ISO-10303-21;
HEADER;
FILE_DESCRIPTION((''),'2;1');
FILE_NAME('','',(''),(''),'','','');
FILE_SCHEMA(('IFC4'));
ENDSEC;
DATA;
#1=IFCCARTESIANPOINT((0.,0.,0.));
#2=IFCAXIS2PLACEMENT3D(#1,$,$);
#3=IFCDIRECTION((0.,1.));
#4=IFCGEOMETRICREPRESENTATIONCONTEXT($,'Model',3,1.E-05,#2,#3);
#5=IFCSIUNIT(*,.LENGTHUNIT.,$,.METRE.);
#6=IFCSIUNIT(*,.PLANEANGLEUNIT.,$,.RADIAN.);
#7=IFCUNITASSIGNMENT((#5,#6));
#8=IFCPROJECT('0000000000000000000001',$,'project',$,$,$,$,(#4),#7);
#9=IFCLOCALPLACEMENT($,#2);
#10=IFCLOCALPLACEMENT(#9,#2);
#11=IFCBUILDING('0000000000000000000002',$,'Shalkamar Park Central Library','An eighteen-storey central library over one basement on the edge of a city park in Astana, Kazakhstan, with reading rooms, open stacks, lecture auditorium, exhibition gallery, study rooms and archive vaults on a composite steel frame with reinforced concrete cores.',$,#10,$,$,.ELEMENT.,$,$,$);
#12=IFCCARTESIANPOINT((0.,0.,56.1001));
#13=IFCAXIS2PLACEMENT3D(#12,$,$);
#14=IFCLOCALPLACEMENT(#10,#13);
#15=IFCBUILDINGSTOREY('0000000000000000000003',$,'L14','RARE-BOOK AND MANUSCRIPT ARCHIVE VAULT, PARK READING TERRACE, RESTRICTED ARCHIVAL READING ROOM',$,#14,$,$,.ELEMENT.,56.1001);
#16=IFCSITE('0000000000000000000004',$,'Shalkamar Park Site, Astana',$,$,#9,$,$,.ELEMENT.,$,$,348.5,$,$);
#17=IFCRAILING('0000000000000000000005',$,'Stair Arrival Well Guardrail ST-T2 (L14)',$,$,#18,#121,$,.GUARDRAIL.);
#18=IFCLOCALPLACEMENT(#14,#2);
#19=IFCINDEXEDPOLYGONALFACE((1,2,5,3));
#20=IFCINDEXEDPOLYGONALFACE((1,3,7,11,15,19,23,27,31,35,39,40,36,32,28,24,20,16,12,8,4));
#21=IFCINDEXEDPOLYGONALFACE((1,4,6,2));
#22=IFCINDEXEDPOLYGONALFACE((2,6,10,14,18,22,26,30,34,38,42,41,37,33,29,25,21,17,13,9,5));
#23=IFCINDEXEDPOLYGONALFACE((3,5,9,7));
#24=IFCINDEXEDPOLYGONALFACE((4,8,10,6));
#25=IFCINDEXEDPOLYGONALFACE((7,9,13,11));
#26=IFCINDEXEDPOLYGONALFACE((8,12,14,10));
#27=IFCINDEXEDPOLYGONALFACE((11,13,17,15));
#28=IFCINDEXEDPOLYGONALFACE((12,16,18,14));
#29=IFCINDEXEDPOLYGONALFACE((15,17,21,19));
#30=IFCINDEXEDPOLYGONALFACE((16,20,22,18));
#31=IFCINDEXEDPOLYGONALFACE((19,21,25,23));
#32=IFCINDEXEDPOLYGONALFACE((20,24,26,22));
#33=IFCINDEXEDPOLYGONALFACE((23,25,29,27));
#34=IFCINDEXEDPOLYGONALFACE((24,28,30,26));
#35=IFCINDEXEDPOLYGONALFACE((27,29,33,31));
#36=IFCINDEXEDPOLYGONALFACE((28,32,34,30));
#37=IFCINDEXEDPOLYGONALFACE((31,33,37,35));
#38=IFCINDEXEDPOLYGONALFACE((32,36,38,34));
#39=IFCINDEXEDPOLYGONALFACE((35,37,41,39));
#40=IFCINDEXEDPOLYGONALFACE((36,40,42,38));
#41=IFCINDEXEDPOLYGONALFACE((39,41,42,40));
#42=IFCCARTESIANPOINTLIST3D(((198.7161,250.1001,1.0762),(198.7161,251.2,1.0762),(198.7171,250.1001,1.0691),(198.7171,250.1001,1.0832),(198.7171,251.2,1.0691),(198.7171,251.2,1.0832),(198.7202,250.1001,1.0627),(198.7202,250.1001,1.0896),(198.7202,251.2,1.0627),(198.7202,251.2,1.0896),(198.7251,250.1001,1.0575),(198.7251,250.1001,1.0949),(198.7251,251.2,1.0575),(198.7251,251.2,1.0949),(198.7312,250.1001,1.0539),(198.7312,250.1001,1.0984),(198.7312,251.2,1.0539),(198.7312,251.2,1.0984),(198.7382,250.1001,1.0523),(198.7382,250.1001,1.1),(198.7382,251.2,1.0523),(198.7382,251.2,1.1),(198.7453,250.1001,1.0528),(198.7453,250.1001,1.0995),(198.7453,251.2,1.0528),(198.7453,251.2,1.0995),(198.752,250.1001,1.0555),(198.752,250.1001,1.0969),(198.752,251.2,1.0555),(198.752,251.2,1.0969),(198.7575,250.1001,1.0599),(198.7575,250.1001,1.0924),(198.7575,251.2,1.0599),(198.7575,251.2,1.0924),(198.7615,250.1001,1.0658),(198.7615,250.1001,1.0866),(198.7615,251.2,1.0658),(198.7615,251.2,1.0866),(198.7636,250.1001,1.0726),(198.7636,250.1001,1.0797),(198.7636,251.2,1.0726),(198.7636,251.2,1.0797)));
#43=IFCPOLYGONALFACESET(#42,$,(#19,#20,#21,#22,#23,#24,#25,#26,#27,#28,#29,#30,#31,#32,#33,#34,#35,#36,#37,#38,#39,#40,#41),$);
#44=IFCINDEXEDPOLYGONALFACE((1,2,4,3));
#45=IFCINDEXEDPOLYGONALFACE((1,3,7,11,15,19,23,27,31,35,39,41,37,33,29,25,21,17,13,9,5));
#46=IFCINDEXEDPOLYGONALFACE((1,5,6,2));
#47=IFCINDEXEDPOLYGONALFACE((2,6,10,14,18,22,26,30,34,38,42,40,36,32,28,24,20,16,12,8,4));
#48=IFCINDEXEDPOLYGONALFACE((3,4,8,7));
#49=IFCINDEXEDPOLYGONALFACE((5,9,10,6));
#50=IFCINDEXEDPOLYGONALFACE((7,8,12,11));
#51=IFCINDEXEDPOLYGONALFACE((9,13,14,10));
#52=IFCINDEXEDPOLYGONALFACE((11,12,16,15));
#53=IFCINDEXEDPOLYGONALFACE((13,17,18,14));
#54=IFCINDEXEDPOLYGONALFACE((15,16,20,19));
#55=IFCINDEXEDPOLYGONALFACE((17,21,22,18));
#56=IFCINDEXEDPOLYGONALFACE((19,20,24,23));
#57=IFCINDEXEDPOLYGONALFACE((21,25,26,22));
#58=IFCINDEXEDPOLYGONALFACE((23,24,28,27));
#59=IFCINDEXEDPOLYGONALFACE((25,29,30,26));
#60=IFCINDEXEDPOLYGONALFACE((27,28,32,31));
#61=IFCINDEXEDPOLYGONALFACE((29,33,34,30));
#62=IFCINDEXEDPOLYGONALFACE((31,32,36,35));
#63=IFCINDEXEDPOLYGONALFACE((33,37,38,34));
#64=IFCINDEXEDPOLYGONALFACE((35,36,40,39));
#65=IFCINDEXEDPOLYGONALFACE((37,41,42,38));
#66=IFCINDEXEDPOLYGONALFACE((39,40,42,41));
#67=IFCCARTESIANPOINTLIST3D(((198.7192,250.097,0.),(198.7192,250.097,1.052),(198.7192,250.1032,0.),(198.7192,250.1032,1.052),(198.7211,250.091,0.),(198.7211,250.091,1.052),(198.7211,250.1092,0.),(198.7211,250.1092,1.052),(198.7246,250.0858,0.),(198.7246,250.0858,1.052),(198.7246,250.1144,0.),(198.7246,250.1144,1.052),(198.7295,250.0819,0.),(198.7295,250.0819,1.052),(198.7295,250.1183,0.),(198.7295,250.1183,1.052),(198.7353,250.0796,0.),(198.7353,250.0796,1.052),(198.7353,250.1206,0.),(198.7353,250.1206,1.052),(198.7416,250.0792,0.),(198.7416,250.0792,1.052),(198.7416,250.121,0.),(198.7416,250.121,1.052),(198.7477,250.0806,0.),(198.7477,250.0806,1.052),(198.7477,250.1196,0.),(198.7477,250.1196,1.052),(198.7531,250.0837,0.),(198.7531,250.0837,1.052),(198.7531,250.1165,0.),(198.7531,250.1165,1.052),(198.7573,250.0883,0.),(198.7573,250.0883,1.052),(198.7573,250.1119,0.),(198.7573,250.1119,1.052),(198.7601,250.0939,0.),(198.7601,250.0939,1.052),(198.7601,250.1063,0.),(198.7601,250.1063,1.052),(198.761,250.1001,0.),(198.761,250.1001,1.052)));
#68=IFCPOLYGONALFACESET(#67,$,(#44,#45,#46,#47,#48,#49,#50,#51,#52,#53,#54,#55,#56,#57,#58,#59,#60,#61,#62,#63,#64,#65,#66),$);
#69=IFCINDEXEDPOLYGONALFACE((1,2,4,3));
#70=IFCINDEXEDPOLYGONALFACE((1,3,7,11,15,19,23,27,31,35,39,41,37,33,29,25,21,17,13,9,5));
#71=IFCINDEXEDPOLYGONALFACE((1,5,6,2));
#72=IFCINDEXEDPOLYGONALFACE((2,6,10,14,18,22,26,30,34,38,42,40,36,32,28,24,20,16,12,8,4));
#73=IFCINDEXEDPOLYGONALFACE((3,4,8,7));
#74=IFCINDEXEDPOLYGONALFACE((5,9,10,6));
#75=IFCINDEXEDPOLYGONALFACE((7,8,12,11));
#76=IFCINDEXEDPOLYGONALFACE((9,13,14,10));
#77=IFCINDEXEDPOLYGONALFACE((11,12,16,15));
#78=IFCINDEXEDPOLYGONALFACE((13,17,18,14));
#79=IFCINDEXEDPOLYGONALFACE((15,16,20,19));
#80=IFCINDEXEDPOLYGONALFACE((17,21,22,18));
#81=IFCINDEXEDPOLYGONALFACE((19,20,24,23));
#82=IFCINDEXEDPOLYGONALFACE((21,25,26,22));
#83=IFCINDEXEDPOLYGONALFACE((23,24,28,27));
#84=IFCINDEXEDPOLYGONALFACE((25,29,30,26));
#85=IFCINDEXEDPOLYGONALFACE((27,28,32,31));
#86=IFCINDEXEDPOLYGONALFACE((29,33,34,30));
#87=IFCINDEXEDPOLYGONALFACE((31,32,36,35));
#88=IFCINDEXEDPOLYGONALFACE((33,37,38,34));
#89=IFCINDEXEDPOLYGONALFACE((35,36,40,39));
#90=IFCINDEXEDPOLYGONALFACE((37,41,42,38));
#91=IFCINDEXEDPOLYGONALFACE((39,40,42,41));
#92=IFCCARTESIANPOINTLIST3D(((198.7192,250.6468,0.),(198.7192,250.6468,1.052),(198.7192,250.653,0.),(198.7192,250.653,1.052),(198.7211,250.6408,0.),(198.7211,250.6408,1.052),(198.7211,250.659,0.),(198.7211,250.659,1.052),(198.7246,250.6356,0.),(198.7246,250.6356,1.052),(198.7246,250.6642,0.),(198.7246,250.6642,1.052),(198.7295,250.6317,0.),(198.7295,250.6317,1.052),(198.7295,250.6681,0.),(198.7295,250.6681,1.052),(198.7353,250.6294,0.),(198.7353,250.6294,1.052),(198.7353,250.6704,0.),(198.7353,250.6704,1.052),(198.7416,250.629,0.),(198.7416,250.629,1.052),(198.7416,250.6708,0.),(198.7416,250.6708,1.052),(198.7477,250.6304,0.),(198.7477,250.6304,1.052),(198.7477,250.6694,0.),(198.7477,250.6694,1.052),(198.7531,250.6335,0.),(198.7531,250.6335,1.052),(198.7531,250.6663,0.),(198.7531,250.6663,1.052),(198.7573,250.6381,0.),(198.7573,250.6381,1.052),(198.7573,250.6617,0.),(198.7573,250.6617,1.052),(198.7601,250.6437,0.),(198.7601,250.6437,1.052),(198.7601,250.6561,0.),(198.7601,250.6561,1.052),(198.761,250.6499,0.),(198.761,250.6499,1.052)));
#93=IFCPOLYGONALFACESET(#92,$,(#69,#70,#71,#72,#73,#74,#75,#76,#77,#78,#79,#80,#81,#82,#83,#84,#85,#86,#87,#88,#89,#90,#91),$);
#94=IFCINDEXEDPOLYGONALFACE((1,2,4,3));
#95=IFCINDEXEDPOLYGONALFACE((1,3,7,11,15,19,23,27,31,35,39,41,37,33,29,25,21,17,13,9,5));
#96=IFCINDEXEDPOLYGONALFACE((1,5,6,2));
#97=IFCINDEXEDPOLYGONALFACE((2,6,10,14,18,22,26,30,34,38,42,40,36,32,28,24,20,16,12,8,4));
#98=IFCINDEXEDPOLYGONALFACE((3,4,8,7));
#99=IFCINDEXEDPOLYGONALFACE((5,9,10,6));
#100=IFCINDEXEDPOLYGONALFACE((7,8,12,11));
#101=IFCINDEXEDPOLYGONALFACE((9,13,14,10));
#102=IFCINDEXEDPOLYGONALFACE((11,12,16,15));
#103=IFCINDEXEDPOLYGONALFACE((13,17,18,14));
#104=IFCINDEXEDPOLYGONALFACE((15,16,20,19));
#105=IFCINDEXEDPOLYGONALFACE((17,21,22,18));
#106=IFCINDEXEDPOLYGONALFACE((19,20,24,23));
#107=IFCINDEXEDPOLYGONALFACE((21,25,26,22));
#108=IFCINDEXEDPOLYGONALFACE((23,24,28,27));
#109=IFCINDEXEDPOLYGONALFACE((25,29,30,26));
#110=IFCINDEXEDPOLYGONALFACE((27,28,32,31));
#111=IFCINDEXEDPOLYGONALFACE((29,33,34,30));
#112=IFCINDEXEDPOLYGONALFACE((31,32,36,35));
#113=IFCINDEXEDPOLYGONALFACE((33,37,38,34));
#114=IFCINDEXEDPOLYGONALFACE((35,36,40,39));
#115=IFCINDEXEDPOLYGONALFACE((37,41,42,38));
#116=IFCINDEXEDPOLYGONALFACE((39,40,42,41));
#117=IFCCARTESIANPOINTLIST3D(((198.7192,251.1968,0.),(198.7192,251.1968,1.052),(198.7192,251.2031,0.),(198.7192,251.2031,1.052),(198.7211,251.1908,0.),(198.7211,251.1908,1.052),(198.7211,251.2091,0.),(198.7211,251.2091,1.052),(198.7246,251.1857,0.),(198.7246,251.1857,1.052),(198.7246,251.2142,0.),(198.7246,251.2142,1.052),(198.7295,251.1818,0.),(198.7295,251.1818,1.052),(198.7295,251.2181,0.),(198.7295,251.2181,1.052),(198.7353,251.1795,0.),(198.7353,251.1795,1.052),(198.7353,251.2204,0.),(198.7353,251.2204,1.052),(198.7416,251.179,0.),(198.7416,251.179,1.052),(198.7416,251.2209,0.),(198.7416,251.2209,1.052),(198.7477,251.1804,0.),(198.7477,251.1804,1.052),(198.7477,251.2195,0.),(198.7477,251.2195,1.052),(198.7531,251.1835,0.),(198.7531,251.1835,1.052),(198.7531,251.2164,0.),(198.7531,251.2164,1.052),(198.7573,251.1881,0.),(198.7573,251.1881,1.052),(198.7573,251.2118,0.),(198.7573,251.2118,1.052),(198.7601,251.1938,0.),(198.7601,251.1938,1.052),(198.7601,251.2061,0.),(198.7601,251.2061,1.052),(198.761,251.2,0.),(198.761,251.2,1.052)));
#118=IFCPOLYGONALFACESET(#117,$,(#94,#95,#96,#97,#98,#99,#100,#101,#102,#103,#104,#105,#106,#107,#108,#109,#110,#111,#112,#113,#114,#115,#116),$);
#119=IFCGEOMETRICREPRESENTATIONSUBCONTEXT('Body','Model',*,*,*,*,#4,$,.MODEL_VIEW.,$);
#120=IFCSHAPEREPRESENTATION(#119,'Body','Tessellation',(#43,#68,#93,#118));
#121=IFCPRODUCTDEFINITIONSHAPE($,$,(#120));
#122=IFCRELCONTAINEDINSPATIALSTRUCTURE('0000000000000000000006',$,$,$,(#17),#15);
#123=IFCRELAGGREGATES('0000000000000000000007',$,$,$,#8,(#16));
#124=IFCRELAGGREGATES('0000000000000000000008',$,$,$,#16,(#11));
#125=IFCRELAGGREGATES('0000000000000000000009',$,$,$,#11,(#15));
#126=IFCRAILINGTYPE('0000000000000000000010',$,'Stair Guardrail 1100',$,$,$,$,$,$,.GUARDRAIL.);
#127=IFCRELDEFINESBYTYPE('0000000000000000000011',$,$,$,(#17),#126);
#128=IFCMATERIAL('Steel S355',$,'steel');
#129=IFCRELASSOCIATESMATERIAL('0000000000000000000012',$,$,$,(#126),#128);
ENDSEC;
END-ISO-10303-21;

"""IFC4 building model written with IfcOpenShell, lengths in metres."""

from ifc_helpers import new_model, si_unit, direction, frame, origin, origin_2d, place, context, subcontext, project, spatial, circle, extrude, material, type_object, element, save


model = new_model("IFC4")

# Units and contexts
model_context = context("Model", 3, precision=1e-05, world=origin(), true_north=direction((0.0, 1.0)))
body_context = subcontext(model_context, "Body", "Model", "MODEL_VIEW")
ifc_project = project(units=[si_unit("LENGTHUNIT", "METRE"), si_unit("PLANEANGLEUNIT", "RADIAN")], contexts=[model_context])

# Site, building, storey
site_placement = place(None, origin())
site = spatial("IfcSite", under=ifc_project, at=site_placement, Name="Shalkamar Park Site, Astana", CompositionType="ELEMENT", RefElevation=348.5)
building_placement = place(site_placement, origin())
building = spatial("IfcBuilding", under=site, at=building_placement, Name="Shalkamar Park Central Library", Description="An eighteen-storey central library over one basement on the edge of a city park in Astana, Kazakhstan, with reading rooms, open stacks, lecture auditorium, exhibition gallery, study rooms and archive vaults on a composite steel frame with reinforced concrete cores.", CompositionType="ELEMENT")
storey_placement = place(building_placement, frame((0.0, 0.0, 56.1001)))
storey = spatial("IfcBuildingStorey", under=building, at=storey_placement, Name="L14", Description="RARE-BOOK AND MANUSCRIPT ARCHIVE VAULT, PARK READING TERRACE, RESTRICTED ARCHIVAL READING ROOM", CompositionType="ELEMENT", Elevation=56.1001)

# Shared definitions
ifc_material_1 = material(Name="Steel S355", Category="steel")

# Railing
railing_type_1 = type_object("IfcRailingType", Name="Stair Guardrail 1100", PredefinedType="GUARDRAIL", material=ifc_material_1)
railing_1_placement = place(storey_placement, frame((198.74, 250.1001, 0.0)))
element("IfcRailing", 1, at=railing_1_placement, inside=storey, type_object=railing_type_1, Name="Stair Arrival Well Guardrail ST-T2 (L14)", PredefinedType="GUARDRAIL", context=body_context, shape_type="SweptSolid", body=[
    extrude(circle(Radius=0.0239, at=origin_2d()), frame((0.0, 0.0, 1.0762), z_axis=(0.0, 1.0, 0.0), x_axis=(-1.0, 0.0, 0.0)), (0.0, 0.0, 1.0), 1.0999),
    extrude(circle(Radius=0.021, at=origin_2d()), origin(), (0.0, 0.0, 1.0), 1.052),
    extrude(circle(Radius=0.021, at=origin_2d()), frame((0.0, 0.5498, 0.0)), (0.0, 0.0, 1.0), 1.052),
    extrude(circle(Radius=0.021, at=origin_2d()), frame((0.0, 1.0999, 0.0)), (0.0, 0.0, 1.0), 1.052),
])

save(model, "model.ifc")
